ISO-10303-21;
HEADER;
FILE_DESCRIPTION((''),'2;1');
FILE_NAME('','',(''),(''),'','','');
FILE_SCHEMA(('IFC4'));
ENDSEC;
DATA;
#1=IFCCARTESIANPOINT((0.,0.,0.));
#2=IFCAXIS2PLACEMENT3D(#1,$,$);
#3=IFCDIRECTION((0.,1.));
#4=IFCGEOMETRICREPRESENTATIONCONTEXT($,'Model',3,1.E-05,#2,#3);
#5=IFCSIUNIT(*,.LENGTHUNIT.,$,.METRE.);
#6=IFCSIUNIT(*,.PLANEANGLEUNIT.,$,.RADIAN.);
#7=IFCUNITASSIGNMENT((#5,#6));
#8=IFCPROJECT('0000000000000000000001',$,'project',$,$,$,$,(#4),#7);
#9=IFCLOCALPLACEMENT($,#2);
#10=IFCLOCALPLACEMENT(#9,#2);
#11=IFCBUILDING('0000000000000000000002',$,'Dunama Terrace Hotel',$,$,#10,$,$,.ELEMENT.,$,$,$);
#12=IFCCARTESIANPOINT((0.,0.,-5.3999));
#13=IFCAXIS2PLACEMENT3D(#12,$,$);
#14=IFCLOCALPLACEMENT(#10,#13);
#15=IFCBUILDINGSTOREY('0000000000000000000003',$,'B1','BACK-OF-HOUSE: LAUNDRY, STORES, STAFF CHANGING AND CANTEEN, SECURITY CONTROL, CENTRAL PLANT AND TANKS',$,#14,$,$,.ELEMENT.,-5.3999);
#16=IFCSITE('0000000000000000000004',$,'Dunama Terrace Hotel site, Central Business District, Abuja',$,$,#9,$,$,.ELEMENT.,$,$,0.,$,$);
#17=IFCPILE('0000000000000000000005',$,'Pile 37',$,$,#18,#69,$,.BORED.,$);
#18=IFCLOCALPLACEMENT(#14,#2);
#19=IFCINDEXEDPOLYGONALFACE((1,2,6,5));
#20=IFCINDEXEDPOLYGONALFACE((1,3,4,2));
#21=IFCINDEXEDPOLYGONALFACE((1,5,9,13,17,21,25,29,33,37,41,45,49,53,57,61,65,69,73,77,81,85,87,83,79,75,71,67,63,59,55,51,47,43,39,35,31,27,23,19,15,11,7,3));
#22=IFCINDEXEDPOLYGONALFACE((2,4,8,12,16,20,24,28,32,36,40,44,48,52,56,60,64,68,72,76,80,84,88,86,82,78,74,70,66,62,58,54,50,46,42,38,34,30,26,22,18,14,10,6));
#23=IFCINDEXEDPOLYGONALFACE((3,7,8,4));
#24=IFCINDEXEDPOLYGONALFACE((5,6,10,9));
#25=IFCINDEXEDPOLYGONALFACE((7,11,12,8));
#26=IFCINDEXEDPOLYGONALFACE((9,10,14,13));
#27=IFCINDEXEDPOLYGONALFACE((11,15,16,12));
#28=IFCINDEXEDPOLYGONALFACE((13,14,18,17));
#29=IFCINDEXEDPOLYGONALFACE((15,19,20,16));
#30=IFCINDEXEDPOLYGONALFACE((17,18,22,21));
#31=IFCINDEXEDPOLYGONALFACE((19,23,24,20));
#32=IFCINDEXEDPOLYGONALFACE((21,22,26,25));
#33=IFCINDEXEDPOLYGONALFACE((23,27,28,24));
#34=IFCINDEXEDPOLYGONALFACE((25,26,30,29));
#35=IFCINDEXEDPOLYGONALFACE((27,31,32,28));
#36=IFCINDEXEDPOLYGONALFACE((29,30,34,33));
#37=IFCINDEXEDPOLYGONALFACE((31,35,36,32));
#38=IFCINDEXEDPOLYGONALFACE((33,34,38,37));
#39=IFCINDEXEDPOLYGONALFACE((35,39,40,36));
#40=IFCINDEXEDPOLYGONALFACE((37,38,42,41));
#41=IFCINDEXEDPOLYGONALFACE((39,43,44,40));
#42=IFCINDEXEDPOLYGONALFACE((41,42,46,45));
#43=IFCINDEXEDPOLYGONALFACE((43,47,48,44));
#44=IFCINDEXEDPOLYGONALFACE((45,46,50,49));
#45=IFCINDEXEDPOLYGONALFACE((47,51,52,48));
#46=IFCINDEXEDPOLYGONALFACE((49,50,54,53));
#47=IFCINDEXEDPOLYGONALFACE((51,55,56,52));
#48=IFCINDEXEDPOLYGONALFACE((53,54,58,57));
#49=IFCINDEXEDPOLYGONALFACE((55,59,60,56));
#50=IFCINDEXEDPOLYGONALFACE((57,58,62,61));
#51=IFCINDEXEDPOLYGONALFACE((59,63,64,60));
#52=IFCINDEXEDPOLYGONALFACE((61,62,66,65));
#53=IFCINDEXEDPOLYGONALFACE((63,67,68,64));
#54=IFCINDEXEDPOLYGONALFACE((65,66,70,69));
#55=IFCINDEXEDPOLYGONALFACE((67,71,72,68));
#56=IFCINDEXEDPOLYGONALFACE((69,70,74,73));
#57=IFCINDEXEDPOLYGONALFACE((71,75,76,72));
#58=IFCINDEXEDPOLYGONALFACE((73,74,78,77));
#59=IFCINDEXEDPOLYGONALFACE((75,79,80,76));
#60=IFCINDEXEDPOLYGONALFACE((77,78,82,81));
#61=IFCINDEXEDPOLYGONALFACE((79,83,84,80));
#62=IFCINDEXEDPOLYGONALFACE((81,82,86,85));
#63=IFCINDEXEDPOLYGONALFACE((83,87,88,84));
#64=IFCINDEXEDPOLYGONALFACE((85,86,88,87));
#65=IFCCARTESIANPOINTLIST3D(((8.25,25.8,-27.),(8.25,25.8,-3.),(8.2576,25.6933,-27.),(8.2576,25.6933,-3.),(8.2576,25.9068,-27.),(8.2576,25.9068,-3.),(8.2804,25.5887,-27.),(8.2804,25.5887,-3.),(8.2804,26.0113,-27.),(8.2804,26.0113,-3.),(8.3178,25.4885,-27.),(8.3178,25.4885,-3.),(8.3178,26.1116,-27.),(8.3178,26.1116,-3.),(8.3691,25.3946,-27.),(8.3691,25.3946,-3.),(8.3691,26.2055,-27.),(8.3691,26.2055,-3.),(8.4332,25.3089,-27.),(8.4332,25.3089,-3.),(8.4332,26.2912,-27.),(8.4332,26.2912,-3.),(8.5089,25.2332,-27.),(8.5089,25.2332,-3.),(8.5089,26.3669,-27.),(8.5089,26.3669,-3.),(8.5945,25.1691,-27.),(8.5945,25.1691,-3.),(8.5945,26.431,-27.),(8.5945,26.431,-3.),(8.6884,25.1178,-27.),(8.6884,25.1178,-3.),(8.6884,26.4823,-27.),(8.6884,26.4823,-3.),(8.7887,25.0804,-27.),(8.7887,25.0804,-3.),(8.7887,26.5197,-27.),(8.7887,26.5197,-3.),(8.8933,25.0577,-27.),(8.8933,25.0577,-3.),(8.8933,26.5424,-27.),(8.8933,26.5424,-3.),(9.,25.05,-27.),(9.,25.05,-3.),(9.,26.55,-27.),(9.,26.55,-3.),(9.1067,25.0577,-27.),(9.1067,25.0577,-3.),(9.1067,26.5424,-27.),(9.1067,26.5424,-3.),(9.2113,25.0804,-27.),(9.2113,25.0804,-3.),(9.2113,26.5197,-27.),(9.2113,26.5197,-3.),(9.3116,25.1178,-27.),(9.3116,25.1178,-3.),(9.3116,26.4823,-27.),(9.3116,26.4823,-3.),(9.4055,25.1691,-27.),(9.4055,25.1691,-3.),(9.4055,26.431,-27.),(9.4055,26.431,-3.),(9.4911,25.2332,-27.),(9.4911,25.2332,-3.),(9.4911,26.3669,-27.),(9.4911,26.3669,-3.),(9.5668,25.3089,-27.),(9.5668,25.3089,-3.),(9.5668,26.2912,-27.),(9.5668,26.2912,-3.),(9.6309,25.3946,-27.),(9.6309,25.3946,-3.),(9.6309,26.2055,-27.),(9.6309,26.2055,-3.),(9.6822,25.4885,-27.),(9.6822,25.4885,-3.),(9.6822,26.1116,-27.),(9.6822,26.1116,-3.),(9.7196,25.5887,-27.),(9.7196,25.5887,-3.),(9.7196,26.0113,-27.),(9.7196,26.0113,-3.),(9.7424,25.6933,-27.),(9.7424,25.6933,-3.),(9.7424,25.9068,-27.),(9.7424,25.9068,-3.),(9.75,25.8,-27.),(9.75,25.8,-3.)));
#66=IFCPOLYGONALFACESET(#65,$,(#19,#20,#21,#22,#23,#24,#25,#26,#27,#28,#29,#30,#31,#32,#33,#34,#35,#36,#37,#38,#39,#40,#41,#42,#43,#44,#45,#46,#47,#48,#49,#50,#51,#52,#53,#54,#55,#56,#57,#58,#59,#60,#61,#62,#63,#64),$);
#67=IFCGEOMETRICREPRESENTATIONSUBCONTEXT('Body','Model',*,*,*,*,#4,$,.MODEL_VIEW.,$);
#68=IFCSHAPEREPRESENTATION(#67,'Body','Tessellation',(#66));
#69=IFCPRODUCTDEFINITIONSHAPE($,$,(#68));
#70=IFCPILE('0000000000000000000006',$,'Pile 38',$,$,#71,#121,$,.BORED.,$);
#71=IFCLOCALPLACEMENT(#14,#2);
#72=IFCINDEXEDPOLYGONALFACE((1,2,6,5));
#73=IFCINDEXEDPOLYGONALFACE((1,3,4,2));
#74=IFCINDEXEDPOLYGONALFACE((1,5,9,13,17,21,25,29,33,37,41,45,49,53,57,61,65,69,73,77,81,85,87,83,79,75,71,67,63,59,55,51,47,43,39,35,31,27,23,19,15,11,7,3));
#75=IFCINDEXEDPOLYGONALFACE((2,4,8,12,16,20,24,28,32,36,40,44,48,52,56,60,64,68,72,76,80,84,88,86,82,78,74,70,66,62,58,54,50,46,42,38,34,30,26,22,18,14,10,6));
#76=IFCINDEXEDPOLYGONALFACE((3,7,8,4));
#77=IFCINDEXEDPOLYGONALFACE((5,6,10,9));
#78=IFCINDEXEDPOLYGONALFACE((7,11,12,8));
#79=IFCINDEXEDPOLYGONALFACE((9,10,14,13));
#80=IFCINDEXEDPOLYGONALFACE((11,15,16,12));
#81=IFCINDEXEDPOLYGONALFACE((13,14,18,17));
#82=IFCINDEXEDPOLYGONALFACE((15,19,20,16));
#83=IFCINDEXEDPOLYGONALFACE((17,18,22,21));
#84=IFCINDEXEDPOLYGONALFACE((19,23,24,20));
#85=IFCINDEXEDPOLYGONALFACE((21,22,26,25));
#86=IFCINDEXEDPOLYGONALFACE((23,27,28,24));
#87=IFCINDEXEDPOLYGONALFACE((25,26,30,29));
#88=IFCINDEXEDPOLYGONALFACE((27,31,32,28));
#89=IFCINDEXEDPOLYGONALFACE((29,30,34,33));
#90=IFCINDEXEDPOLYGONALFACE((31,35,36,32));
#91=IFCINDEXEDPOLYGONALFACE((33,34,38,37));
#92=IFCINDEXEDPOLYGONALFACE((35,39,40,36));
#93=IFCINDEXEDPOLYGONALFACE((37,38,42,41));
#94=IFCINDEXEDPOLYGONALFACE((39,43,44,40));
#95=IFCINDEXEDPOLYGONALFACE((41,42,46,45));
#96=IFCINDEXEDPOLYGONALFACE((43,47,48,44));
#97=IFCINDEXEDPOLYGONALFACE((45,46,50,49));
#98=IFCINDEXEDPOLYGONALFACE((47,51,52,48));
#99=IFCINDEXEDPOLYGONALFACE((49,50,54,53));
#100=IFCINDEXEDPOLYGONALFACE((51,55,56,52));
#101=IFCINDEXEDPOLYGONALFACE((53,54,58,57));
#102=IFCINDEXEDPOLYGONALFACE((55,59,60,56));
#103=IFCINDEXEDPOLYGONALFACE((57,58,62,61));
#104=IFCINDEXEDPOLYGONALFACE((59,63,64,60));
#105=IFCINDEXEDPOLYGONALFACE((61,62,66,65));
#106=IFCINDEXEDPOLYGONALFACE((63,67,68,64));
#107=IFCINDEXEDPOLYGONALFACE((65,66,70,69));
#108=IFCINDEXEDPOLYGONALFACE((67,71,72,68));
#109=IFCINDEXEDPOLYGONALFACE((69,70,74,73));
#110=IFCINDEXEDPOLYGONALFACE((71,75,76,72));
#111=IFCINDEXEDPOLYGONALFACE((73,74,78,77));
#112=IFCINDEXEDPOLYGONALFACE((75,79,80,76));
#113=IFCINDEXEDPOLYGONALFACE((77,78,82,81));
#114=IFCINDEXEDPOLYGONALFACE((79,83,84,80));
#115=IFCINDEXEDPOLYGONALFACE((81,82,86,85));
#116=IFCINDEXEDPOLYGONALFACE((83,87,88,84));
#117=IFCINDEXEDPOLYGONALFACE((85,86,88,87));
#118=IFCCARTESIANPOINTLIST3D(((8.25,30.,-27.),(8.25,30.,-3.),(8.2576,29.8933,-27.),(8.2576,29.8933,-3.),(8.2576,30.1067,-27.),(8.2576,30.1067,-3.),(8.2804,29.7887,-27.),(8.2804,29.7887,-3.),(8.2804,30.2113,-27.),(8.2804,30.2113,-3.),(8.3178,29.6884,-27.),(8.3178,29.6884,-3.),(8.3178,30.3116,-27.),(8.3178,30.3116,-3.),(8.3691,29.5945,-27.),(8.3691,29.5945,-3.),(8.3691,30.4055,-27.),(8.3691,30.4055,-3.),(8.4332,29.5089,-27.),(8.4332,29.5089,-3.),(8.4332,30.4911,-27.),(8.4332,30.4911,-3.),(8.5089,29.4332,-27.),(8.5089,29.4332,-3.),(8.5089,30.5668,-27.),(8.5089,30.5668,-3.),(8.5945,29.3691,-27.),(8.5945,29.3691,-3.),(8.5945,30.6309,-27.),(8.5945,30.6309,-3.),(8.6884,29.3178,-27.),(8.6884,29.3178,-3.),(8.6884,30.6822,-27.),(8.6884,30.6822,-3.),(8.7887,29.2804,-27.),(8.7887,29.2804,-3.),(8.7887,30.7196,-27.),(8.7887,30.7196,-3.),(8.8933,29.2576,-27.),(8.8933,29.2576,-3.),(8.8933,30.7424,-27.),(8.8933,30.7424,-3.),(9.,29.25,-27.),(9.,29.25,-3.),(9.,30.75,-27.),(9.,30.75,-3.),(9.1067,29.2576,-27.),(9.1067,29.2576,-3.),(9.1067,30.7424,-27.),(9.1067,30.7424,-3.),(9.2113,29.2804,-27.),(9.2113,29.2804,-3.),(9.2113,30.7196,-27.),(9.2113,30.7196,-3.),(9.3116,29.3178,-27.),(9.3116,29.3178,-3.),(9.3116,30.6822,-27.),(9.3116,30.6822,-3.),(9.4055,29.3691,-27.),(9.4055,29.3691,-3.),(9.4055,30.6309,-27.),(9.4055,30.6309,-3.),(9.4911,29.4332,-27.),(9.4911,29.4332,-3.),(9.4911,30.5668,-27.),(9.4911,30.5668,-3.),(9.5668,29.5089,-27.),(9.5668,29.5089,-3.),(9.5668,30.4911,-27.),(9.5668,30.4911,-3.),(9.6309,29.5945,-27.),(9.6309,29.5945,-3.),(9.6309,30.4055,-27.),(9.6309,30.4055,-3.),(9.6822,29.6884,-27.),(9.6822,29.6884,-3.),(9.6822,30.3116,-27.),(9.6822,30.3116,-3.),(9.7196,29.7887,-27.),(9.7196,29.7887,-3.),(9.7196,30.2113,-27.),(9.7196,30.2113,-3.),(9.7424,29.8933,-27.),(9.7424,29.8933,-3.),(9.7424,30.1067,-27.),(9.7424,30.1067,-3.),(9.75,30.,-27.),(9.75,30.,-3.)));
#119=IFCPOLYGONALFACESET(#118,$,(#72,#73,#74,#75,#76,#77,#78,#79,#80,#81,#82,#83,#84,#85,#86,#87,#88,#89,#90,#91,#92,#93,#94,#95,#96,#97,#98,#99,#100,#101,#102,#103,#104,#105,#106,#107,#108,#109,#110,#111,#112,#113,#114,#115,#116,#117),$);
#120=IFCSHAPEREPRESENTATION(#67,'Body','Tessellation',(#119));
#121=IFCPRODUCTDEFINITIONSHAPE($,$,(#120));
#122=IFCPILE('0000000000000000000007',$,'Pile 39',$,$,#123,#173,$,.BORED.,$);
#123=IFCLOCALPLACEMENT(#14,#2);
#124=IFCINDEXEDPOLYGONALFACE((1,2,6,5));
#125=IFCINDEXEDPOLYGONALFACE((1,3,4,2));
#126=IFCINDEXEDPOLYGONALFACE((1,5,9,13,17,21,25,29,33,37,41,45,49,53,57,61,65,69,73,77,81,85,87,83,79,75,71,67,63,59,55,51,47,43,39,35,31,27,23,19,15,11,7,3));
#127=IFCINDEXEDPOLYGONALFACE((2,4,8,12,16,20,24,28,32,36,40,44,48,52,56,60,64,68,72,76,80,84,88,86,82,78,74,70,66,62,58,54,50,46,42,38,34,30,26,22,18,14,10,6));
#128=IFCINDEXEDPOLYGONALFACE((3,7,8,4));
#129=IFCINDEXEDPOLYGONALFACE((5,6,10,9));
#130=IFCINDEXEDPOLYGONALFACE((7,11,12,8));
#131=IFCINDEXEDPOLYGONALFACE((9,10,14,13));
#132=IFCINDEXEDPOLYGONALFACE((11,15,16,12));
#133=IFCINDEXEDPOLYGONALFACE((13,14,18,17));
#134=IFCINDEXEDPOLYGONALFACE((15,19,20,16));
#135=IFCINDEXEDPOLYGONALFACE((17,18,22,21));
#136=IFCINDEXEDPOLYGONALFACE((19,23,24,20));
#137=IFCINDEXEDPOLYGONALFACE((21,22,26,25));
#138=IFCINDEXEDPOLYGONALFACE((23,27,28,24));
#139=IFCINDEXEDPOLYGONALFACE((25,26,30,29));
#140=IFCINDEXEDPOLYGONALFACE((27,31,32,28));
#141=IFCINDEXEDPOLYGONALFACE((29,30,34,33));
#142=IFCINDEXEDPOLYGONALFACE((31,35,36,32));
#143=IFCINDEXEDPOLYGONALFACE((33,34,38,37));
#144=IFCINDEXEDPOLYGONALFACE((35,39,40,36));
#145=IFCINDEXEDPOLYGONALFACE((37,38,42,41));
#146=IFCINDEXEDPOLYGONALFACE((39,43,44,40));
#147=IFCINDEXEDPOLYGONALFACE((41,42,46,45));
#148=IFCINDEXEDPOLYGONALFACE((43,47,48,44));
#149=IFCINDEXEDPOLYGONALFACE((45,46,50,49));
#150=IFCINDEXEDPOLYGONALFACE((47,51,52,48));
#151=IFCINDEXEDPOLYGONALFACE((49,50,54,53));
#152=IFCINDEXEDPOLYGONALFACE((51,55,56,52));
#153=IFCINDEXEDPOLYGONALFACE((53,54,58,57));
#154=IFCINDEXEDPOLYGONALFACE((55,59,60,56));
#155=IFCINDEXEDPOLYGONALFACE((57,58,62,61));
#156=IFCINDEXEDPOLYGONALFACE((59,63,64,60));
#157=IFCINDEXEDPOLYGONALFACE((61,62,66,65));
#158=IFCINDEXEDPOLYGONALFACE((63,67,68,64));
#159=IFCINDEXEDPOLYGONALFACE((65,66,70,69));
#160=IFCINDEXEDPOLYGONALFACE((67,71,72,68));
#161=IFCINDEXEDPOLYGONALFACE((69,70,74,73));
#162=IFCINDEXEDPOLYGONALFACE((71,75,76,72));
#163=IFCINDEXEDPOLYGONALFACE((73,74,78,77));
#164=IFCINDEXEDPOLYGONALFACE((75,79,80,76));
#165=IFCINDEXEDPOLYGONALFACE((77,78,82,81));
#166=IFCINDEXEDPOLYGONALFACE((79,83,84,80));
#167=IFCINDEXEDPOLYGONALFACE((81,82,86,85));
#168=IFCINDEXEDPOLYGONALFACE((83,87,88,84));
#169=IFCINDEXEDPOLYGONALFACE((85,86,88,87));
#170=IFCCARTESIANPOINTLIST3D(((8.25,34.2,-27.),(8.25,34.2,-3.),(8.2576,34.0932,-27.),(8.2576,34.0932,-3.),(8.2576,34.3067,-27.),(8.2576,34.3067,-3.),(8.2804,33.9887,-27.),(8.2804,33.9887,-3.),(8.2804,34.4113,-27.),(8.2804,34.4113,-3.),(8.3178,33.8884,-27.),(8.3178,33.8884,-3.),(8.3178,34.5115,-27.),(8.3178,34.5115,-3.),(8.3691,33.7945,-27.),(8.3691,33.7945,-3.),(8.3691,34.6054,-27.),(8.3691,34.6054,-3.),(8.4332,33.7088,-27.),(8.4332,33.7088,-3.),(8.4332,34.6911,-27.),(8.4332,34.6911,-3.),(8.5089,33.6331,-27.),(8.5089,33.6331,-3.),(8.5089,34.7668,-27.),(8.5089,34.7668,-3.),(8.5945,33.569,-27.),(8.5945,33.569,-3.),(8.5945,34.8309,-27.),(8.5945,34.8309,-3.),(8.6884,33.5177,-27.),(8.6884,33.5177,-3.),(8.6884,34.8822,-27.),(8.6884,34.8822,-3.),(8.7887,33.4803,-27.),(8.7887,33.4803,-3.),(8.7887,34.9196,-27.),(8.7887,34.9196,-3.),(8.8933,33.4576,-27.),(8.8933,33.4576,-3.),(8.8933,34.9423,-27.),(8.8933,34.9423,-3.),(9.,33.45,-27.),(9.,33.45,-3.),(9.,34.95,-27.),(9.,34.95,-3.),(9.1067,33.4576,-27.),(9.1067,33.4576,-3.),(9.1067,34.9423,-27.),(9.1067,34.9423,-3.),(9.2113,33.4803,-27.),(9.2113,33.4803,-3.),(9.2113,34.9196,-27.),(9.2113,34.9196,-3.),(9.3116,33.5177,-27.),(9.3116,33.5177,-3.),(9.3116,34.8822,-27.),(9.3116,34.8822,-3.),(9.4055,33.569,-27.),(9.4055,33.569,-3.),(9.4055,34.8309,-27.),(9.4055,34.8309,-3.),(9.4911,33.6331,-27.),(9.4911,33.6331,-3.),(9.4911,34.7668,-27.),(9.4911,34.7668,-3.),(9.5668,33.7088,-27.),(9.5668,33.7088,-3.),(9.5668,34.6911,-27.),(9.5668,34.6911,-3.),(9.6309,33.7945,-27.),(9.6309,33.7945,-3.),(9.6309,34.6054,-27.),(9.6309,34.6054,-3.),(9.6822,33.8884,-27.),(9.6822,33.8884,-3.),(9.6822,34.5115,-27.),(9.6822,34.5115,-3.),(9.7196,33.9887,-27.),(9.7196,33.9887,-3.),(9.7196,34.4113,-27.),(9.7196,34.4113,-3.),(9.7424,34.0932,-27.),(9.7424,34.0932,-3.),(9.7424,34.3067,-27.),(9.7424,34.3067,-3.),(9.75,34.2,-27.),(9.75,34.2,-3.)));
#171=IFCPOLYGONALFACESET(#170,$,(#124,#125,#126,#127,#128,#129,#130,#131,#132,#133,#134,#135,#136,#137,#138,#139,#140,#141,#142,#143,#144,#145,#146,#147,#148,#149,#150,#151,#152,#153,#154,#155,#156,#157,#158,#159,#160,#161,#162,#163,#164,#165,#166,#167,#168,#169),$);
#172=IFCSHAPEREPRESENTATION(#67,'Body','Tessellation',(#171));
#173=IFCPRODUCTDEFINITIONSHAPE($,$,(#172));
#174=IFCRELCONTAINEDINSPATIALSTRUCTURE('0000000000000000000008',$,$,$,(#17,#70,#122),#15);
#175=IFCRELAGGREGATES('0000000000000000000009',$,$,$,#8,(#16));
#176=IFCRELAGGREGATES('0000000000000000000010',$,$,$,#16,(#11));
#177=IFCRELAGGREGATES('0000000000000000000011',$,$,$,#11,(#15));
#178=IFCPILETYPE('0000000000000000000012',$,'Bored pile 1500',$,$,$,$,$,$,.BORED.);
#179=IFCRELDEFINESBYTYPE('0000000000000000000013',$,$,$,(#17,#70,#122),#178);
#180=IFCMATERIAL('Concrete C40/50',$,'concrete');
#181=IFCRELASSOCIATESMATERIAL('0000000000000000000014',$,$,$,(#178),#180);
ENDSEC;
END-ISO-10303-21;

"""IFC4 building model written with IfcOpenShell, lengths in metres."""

from ifc_helpers import new_model, si_unit, direction, frame, origin, origin_2d, place, context, subcontext, project, spatial, circle, extrude, material, material_profile, profile_set, type_object, element, save


model = new_model("IFC4")

# Units and contexts
model_context = context("Model", 3, precision=1e-05, world=origin(), true_north=direction((0.0, 1.0)))
body_context = subcontext(model_context, "Body", "Model", "MODEL_VIEW")
ifc_project = project(units=[si_unit("LENGTHUNIT", "METRE"), si_unit("PLANEANGLEUNIT", "RADIAN")], contexts=[model_context])

# Site, building, storey
site_placement = place(None, origin())
site = spatial("IfcSite", under=ifc_project, at=site_placement, Name="Dunama Terrace Hotel site, Central Business District, Abuja", CompositionType="ELEMENT", RefElevation=0.0)
building_placement = place(site_placement, origin())
building = spatial("IfcBuilding", under=site, at=building_placement, Name="Dunama Terrace Hotel", CompositionType="ELEMENT")
storey_placement = place(building_placement, frame((0.0, 0.0, -5.3999)))
storey = spatial("IfcBuildingStorey", under=building, at=storey_placement, Name="B1", Description="BACK-OF-HOUSE: LAUNDRY, STORES, STAFF CHANGING AND CANTEEN, SECURITY CONTROL, CENTRAL PLANT AND TANKS", CompositionType="ELEMENT", Elevation=-5.3999)

# Piles
ifc_material_1 = material(Name="Concrete C40/50", Category="concrete")
ifc_material_profile_1 = material_profile(ifc_material_1, circle(Radius=0.75, at=origin_2d()), Name="PILE D1500")
ifc_profile_set_1 = profile_set([ifc_material_profile_1], Name="Concrete C40/50")
pile_type = type_object("IfcPileType", Name="Bored pile 1500", PredefinedType="BORED", material=ifc_profile_set_1)
for number, where, z_axis, x_axis, name in (
    (1, (9.0, 25.8, -3.0), (0.0, 0.0, -1.0), (1.0, 0.0, 0.0), "Pile 37"),
    (2, (9.0, 30.0, -3.0), (0.0, 0.0, -1.0), (1.0, 0.0, 0.0), "Pile 38"),
    (3, (9.0, 34.2, -3.0), (0.0, 0.0, -1.0), (1.0, 0.0, 0.0), "Pile 39"),
):
    element("IfcPile", number, at=place(storey_placement, frame(where, z_axis=z_axis, x_axis=x_axis)), inside=storey, type_object=pile_type, Name=name, PredefinedType="BORED", context=body_context, shape_type="SweptSolid", body=[
        extrude(circle(Radius=0.75, at=origin_2d()), origin(), (0.0, 0.0, 1.0), 24.0),
    ])

save(model, "model.ifc")
